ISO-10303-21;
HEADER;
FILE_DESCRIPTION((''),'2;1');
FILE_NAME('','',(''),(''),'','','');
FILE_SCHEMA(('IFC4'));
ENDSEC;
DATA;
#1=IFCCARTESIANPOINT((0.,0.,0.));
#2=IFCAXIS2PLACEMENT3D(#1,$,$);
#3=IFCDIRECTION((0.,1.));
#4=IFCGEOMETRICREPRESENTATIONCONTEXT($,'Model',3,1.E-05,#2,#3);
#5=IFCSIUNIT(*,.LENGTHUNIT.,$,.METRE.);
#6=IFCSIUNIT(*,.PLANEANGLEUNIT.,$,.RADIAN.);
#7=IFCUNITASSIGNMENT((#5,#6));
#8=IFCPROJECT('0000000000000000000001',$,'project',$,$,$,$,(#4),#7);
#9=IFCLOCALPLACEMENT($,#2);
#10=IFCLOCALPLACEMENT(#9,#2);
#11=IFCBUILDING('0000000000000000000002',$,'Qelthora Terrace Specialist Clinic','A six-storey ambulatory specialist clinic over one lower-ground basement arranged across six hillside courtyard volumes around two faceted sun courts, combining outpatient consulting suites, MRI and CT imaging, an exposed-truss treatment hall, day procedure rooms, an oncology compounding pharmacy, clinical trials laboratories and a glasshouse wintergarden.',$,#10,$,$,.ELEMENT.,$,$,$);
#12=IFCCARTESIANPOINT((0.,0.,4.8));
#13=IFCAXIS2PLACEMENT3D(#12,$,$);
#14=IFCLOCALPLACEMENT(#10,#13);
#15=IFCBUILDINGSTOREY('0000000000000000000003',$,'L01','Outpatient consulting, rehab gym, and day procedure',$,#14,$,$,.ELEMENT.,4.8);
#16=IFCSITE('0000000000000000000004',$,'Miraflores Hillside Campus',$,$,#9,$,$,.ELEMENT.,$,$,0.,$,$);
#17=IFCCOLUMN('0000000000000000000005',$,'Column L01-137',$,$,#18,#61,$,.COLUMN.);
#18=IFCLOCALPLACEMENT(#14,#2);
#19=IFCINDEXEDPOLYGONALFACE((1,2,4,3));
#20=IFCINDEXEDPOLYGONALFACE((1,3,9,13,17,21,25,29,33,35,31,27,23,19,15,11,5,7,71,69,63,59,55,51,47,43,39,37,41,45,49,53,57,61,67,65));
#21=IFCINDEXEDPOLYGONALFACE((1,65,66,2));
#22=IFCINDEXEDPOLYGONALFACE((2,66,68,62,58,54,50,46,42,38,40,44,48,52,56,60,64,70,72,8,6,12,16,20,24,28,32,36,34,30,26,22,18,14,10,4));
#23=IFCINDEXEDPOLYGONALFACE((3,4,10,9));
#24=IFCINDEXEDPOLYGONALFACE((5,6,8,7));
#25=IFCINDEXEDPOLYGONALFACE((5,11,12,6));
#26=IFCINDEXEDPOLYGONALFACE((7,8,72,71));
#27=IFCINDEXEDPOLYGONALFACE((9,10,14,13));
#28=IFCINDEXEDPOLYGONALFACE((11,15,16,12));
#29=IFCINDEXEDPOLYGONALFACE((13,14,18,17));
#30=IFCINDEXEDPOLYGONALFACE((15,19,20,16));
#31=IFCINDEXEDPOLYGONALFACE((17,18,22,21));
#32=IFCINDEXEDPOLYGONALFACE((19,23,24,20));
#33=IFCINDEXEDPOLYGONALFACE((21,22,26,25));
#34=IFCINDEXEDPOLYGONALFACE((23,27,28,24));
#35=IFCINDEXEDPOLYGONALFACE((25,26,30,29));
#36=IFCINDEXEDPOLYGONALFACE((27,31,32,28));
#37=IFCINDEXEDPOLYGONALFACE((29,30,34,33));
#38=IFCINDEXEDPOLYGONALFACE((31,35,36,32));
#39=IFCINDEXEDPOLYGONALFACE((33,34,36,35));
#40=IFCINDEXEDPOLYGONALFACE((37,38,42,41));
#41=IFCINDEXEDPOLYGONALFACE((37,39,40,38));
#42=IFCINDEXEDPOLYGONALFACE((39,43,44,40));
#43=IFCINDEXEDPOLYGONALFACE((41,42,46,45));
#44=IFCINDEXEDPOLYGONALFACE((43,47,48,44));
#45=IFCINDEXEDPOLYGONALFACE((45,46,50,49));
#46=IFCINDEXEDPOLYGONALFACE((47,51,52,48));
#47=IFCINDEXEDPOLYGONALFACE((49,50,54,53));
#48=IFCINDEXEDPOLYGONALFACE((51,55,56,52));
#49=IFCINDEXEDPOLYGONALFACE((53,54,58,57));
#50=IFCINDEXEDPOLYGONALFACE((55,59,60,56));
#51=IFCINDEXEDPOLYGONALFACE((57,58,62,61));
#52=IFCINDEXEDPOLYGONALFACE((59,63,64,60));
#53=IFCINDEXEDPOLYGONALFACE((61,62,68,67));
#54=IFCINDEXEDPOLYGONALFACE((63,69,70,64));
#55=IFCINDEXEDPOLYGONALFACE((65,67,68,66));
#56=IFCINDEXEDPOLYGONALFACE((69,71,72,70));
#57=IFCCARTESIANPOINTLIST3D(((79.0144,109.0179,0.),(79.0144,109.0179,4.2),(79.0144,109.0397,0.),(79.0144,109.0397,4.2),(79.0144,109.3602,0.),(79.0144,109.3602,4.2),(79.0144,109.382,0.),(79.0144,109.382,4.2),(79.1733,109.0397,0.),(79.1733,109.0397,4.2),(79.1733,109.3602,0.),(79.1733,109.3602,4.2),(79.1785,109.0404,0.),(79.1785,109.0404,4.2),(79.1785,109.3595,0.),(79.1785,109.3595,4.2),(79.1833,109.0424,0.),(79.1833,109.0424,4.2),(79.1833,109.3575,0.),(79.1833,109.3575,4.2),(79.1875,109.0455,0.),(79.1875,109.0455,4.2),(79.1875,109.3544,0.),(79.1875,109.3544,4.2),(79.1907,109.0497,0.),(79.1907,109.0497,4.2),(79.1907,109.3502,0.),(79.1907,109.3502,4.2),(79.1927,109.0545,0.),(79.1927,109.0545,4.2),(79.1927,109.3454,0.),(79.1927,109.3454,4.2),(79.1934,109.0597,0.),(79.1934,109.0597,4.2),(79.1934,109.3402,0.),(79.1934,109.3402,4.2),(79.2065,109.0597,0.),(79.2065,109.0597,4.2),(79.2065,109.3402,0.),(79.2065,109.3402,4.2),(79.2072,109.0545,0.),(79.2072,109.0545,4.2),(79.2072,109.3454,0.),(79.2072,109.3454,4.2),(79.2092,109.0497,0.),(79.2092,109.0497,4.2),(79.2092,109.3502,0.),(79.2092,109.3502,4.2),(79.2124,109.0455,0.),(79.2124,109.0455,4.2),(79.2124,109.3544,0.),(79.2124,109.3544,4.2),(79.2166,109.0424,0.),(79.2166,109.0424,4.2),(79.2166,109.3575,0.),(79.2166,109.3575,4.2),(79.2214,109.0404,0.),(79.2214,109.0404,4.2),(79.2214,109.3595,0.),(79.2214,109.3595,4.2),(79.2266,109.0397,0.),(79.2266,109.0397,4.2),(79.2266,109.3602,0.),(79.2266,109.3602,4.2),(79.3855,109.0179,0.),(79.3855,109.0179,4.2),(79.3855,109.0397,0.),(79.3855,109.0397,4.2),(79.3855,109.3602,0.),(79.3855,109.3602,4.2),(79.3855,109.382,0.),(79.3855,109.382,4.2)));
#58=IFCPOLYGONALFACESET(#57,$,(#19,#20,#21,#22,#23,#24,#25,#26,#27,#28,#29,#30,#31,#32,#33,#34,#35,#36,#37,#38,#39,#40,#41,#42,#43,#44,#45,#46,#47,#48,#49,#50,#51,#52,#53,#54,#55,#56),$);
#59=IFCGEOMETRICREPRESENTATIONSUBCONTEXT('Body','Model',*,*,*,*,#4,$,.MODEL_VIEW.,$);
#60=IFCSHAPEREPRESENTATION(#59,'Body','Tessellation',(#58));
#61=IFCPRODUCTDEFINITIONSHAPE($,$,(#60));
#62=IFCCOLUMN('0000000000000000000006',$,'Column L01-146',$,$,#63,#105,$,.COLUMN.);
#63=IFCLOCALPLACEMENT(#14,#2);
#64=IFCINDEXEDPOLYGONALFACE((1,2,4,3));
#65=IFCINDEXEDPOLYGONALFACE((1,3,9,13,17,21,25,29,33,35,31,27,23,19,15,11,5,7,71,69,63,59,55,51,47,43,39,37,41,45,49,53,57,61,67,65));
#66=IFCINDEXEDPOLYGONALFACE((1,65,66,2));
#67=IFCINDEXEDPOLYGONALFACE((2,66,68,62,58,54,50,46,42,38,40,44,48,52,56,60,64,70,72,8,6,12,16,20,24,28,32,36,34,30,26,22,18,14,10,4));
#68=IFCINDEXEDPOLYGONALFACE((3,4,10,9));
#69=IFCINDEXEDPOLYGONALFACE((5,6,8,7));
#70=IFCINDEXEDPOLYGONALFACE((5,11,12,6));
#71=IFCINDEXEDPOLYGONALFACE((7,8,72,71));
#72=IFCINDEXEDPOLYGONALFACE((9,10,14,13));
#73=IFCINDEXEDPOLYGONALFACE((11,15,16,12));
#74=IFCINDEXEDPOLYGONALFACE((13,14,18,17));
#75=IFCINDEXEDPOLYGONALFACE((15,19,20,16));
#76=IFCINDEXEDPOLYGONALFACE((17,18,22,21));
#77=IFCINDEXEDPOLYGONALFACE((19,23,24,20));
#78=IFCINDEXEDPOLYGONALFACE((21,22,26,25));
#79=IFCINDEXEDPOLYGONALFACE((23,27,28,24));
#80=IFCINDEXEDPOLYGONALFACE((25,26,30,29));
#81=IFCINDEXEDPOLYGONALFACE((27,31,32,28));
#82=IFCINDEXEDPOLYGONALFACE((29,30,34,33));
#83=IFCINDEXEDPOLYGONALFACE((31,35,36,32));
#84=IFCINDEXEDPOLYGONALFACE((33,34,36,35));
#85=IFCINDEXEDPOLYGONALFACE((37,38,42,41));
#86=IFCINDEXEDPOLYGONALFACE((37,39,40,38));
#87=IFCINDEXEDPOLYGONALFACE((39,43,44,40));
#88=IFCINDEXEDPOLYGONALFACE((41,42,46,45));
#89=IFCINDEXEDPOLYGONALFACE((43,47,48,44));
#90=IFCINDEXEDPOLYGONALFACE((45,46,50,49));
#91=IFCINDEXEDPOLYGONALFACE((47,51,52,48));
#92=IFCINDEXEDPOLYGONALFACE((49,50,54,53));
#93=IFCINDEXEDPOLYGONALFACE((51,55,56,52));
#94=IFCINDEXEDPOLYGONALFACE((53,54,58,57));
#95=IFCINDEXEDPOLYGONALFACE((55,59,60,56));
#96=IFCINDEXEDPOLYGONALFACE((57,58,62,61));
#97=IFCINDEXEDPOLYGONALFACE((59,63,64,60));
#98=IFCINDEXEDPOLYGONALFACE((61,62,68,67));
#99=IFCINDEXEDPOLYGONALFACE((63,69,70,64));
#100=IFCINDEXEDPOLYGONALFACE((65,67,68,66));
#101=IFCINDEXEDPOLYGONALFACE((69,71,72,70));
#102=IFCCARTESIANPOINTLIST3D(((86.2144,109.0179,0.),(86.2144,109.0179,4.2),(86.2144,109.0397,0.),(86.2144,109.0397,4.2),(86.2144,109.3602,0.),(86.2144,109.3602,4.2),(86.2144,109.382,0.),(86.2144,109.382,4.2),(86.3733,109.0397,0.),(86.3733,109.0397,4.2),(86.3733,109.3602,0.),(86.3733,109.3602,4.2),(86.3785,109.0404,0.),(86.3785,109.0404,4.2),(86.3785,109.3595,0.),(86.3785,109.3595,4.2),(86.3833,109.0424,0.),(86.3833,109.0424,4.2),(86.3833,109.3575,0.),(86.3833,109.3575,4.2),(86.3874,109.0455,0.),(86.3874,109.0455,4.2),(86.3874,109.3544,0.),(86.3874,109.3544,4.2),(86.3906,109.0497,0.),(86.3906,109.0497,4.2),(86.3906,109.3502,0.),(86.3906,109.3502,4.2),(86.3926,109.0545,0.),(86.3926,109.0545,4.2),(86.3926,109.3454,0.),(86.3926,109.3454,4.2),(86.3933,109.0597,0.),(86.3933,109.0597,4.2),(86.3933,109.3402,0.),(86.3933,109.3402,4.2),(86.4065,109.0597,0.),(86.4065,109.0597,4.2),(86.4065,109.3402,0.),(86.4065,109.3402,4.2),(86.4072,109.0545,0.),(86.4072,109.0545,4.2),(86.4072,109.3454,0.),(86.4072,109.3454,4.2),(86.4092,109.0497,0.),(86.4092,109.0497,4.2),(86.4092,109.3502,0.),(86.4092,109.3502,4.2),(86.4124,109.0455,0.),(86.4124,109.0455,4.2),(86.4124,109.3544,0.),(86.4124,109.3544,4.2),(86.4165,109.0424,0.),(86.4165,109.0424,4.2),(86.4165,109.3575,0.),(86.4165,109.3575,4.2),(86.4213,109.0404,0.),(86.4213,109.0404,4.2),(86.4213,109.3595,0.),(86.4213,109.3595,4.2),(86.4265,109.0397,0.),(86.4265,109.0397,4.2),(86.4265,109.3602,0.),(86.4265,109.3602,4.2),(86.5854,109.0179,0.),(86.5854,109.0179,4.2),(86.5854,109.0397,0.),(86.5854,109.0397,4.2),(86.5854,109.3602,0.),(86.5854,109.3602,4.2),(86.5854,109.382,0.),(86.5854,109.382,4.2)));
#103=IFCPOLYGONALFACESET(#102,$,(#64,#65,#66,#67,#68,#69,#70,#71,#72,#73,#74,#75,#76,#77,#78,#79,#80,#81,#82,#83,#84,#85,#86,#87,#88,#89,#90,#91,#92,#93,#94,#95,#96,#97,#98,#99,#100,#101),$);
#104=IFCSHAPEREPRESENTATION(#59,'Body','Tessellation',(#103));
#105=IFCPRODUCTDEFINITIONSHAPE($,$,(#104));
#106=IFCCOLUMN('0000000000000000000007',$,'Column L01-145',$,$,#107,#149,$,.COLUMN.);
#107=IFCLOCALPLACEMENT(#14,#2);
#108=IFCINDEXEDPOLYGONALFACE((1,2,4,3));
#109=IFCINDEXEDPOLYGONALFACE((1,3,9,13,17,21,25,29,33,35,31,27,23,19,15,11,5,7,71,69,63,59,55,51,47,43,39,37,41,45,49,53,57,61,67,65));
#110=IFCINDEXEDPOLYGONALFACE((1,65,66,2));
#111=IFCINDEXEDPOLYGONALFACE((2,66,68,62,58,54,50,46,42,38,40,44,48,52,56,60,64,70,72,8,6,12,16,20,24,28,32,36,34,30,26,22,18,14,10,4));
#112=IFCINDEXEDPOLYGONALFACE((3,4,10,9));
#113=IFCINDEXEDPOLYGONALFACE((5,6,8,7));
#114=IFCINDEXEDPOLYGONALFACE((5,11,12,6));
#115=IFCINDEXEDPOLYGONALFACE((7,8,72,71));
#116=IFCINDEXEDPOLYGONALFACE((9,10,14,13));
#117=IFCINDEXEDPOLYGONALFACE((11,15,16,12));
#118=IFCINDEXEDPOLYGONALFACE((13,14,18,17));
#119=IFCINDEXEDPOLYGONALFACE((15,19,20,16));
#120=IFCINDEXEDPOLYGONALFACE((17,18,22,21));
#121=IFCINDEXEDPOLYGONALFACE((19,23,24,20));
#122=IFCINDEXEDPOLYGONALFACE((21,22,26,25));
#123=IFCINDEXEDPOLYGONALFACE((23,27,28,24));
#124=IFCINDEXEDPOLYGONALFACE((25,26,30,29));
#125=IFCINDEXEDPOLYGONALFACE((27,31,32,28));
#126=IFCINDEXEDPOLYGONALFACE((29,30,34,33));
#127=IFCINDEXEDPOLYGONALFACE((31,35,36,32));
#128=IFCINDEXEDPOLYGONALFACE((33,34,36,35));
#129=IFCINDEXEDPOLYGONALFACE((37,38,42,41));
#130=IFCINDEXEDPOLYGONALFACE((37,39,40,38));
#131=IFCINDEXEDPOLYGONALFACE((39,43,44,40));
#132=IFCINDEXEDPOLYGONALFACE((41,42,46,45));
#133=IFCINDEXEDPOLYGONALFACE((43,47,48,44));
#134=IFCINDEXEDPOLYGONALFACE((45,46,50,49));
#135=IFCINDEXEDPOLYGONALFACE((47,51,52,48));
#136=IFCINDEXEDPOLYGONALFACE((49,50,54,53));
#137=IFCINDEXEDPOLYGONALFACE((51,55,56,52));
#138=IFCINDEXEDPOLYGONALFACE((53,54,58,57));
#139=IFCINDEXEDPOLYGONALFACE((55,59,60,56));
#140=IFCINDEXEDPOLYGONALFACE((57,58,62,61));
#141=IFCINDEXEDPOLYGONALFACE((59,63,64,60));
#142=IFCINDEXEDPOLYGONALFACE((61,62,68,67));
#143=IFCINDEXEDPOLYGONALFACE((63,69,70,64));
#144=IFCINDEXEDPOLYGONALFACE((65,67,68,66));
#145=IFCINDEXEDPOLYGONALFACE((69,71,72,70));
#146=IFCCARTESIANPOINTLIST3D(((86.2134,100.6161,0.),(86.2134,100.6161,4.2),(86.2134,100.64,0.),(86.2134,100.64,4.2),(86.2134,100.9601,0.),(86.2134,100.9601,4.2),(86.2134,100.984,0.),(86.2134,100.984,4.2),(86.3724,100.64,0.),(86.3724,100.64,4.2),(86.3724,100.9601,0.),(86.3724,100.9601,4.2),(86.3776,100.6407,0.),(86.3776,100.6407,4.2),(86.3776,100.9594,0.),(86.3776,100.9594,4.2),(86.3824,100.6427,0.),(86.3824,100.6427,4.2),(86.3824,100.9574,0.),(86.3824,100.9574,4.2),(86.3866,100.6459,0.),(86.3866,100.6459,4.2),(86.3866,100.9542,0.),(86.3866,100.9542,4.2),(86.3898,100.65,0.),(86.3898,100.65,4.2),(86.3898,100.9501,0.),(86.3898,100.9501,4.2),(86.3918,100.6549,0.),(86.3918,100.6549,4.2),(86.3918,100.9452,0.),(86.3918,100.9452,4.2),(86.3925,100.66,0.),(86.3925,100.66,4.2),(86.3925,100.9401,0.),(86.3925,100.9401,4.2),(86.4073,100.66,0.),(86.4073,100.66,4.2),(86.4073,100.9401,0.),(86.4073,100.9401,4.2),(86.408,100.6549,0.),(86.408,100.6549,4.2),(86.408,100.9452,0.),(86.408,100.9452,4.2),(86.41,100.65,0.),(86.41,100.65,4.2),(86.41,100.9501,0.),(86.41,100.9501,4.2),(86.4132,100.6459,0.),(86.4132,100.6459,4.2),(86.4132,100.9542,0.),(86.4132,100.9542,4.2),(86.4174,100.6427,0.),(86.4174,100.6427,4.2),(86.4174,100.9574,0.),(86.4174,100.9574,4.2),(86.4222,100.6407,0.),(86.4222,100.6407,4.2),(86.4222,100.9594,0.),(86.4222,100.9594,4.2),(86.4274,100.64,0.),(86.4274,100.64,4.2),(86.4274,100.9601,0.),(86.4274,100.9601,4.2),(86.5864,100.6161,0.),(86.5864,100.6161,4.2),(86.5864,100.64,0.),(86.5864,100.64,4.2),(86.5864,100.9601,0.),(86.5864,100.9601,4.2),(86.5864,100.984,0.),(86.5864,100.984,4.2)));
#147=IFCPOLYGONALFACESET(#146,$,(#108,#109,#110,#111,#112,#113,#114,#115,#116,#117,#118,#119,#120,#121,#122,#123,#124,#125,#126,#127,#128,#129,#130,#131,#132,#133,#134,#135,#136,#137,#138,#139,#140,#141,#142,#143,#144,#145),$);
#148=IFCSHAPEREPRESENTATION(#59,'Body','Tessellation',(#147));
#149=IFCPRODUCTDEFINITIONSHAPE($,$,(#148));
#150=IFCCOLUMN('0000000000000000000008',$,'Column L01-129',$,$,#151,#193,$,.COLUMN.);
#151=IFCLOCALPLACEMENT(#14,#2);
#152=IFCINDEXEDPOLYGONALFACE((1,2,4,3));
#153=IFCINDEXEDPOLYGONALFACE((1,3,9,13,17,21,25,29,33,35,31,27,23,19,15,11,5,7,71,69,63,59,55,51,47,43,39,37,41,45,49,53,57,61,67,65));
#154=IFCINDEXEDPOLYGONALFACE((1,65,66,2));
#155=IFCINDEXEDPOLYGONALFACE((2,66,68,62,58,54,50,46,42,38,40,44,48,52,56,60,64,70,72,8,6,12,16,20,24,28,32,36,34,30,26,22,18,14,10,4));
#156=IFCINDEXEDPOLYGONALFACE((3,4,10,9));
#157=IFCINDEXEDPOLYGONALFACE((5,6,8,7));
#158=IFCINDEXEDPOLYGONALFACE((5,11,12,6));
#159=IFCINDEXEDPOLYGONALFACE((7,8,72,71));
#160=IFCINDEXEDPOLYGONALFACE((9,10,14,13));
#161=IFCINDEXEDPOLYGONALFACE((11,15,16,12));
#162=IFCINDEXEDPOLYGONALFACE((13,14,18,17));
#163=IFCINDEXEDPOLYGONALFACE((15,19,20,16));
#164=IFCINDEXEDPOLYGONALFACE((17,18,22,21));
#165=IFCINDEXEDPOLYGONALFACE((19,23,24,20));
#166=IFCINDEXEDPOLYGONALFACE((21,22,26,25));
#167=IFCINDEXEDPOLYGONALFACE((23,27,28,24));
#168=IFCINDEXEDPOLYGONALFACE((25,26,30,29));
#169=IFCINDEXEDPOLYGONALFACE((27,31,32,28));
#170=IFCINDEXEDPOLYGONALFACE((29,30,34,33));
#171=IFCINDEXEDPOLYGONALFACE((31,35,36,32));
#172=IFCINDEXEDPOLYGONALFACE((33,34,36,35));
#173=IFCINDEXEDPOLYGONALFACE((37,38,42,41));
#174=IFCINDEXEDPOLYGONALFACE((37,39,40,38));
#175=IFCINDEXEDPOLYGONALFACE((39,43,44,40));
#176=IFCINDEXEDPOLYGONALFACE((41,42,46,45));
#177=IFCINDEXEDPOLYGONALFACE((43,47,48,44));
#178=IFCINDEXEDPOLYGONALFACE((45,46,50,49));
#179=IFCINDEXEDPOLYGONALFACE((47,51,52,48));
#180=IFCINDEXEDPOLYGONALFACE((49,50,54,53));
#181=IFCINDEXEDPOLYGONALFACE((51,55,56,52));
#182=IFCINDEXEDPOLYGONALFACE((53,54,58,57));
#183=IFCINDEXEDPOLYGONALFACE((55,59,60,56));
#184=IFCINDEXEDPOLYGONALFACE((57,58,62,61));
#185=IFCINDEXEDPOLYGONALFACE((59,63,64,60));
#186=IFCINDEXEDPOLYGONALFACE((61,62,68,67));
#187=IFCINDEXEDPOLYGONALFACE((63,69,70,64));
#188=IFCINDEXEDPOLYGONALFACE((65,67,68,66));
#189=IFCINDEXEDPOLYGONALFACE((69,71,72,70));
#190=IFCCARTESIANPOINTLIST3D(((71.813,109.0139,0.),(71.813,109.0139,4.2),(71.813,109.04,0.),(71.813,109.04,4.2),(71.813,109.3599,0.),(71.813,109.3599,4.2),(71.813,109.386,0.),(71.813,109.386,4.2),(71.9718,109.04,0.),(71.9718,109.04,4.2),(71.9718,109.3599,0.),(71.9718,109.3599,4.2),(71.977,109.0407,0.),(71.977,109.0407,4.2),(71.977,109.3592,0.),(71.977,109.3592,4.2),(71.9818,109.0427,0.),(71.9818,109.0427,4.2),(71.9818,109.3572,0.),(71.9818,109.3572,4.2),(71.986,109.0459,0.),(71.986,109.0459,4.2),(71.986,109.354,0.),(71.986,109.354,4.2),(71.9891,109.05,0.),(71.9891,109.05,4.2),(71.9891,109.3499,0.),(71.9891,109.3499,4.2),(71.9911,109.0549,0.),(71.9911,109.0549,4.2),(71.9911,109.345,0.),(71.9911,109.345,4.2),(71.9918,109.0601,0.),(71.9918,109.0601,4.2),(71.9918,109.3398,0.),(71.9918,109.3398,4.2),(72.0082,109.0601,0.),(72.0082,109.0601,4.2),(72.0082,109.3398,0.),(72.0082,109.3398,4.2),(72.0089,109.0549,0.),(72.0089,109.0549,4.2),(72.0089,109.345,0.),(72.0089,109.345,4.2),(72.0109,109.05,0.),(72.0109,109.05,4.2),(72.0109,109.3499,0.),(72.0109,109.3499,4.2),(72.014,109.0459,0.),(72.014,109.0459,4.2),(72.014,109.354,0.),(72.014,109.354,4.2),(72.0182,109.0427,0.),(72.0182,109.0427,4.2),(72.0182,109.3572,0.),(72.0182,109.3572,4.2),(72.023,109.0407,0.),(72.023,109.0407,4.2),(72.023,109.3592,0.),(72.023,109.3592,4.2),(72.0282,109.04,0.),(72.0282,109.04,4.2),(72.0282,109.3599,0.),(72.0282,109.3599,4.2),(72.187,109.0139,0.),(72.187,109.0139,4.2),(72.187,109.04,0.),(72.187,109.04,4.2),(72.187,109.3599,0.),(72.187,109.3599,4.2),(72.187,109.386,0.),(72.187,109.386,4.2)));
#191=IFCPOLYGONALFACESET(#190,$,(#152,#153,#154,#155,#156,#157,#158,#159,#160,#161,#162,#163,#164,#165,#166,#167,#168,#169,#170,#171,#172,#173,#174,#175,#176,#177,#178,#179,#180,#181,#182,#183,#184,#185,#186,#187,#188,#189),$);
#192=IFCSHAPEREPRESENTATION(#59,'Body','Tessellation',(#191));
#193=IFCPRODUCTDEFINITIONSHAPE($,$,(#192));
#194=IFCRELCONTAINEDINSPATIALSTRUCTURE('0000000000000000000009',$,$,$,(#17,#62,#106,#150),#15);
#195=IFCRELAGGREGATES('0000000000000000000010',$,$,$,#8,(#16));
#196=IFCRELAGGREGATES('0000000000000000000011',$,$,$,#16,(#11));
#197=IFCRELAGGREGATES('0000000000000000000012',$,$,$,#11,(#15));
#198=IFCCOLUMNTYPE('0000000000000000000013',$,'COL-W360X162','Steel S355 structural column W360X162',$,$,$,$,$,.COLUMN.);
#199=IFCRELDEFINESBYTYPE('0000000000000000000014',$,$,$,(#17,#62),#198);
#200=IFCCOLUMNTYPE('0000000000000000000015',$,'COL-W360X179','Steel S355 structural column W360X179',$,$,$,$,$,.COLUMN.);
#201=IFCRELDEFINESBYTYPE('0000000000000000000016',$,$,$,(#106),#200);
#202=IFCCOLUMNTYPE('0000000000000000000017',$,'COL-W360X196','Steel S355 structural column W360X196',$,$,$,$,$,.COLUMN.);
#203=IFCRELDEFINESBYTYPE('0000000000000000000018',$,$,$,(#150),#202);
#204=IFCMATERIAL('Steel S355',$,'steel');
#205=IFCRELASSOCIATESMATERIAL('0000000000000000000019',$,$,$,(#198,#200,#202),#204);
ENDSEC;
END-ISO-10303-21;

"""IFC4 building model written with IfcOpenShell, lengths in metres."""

from ifc_helpers import new_model, si_unit, direction, frame, origin, origin_2d, place, context, subcontext, project, spatial, i_section, extrude, material, material_profile, profile_set, type_object, element, save


model = new_model("IFC4")

# Units and contexts
model_context = context("Model", 3, precision=1e-05, world=origin(), true_north=direction((0.0, 1.0)))
body_context = subcontext(model_context, "Body", "Model", "MODEL_VIEW")
ifc_project = project(units=[si_unit("LENGTHUNIT", "METRE"), si_unit("PLANEANGLEUNIT", "RADIAN")], contexts=[model_context])

# Site, building, storey
site_placement = place(None, origin())
site = spatial("IfcSite", under=ifc_project, at=site_placement, Name="Miraflores Hillside Campus", CompositionType="ELEMENT", RefElevation=0.0)
building_placement = place(site_placement, origin())
building = spatial("IfcBuilding", under=site, at=building_placement, Name="Qelthora Terrace Specialist Clinic", Description="A six-storey ambulatory specialist clinic over one lower-ground basement arranged across six hillside courtyard volumes around two faceted sun courts, combining outpatient consulting suites, MRI and CT imaging, an exposed-truss treatment hall, day procedure rooms, an oncology compounding pharmacy, clinical trials laboratories and a glasshouse wintergarden.", CompositionType="ELEMENT")
storey_placement = place(building_placement, frame((0.0, 0.0, 4.8)))
storey = spatial("IfcBuildingStorey", under=building, at=storey_placement, Name="L01", Description="Outpatient consulting, rehab gym, and day procedure", CompositionType="ELEMENT", Elevation=4.8)

# Columns
ifc_material_1 = material(Name="Steel S355", Category="steel")
ifc_material_profile_1 = material_profile(ifc_material_1, i_section(OverallWidth=0.3711, OverallDepth=0.364, WebThickness=0.0132, FlangeThickness=0.0217, FilletRadius=0.02, at=origin_2d()), Name="W360X162")
ifc_profile_set_1 = profile_set([ifc_material_profile_1], Name="Steel S355")
column_type_1 = type_object("IfcColumnType", Name="COL-W360X162", Description="Steel S355 structural column W360X162", PredefinedType="COLUMN", material=ifc_profile_set_1)
for number, where, z_axis, x_axis, name in (
    (1, (79.2, 109.2, 0.0), (0.0, 0.0, 1.0), (1.0, 0.0, 0.0), "Column L01-137"),
    (2, (86.3999, 109.2, 0.0), (0.0, 0.0, 1.0), (1.0, 0.0, 0.0), "Column L01-146"),
):
    element("IfcColumn", number, at=place(storey_placement, frame(where, z_axis=z_axis, x_axis=x_axis)), inside=storey, type_object=column_type_1, Name=name, PredefinedType="COLUMN", context=body_context, shape_type="SweptSolid", body=[
        extrude(i_section(OverallWidth=0.3711, OverallDepth=0.364, WebThickness=0.0132, FlangeThickness=0.0217, FilletRadius=0.02, at=origin_2d()), origin(), (0.0, 0.0, 1.0), 4.2),
    ])
ifc_material_profile_2 = material_profile(ifc_material_1, i_section(OverallWidth=0.373, OverallDepth=0.3679, WebThickness=0.0149, FlangeThickness=0.0239, FilletRadius=0.02, at=origin_2d()), Name="W360X179")
ifc_profile_set_2 = profile_set([ifc_material_profile_2], Name="Steel S355")
column_type_2 = type_object("IfcColumnType", Name="COL-W360X179", Description="Steel S355 structural column W360X179", PredefinedType="COLUMN", material=ifc_profile_set_2)
column_1_placement = place(storey_placement, frame((86.3999, 100.8, 0.0), z_axis=(0.0, 0.0, 1.0), x_axis=(1.0, 0.0, 0.0)))
element("IfcColumn", 3, at=column_1_placement, inside=storey, type_object=column_type_2, Name="Column L01-145", PredefinedType="COLUMN", context=body_context, shape_type="SweptSolid", body=[
    extrude(i_section(OverallWidth=0.373, OverallDepth=0.3679, WebThickness=0.0149, FlangeThickness=0.0239, FilletRadius=0.02, at=origin_2d()), origin(), (0.0, 0.0, 1.0), 4.2),
])
ifc_material_profile_3 = material_profile(ifc_material_1, i_section(OverallWidth=0.374, OverallDepth=0.3721, WebThickness=0.0164, FlangeThickness=0.0261, FilletRadius=0.02, at=origin_2d()), Name="W360X196")
ifc_profile_set_3 = profile_set([ifc_material_profile_3], Name="Steel S355")
column_type_3 = type_object("IfcColumnType", Name="COL-W360X196", Description="Steel S355 structural column W360X196", PredefinedType="COLUMN", material=ifc_profile_set_3)
column_2_placement = place(storey_placement, frame((72.0, 109.2, 0.0), z_axis=(0.0, 0.0, 1.0), x_axis=(1.0, 0.0, 0.0)))
element("IfcColumn", 4, at=column_2_placement, inside=storey, type_object=column_type_3, Name="Column L01-129", PredefinedType="COLUMN", context=body_context, shape_type="SweptSolid", body=[
    extrude(i_section(OverallWidth=0.374, OverallDepth=0.3721, WebThickness=0.0164, FlangeThickness=0.0261, FilletRadius=0.02, at=origin_2d()), origin(), (0.0, 0.0, 1.0), 4.2),
])

save(model, "model.ifc")
